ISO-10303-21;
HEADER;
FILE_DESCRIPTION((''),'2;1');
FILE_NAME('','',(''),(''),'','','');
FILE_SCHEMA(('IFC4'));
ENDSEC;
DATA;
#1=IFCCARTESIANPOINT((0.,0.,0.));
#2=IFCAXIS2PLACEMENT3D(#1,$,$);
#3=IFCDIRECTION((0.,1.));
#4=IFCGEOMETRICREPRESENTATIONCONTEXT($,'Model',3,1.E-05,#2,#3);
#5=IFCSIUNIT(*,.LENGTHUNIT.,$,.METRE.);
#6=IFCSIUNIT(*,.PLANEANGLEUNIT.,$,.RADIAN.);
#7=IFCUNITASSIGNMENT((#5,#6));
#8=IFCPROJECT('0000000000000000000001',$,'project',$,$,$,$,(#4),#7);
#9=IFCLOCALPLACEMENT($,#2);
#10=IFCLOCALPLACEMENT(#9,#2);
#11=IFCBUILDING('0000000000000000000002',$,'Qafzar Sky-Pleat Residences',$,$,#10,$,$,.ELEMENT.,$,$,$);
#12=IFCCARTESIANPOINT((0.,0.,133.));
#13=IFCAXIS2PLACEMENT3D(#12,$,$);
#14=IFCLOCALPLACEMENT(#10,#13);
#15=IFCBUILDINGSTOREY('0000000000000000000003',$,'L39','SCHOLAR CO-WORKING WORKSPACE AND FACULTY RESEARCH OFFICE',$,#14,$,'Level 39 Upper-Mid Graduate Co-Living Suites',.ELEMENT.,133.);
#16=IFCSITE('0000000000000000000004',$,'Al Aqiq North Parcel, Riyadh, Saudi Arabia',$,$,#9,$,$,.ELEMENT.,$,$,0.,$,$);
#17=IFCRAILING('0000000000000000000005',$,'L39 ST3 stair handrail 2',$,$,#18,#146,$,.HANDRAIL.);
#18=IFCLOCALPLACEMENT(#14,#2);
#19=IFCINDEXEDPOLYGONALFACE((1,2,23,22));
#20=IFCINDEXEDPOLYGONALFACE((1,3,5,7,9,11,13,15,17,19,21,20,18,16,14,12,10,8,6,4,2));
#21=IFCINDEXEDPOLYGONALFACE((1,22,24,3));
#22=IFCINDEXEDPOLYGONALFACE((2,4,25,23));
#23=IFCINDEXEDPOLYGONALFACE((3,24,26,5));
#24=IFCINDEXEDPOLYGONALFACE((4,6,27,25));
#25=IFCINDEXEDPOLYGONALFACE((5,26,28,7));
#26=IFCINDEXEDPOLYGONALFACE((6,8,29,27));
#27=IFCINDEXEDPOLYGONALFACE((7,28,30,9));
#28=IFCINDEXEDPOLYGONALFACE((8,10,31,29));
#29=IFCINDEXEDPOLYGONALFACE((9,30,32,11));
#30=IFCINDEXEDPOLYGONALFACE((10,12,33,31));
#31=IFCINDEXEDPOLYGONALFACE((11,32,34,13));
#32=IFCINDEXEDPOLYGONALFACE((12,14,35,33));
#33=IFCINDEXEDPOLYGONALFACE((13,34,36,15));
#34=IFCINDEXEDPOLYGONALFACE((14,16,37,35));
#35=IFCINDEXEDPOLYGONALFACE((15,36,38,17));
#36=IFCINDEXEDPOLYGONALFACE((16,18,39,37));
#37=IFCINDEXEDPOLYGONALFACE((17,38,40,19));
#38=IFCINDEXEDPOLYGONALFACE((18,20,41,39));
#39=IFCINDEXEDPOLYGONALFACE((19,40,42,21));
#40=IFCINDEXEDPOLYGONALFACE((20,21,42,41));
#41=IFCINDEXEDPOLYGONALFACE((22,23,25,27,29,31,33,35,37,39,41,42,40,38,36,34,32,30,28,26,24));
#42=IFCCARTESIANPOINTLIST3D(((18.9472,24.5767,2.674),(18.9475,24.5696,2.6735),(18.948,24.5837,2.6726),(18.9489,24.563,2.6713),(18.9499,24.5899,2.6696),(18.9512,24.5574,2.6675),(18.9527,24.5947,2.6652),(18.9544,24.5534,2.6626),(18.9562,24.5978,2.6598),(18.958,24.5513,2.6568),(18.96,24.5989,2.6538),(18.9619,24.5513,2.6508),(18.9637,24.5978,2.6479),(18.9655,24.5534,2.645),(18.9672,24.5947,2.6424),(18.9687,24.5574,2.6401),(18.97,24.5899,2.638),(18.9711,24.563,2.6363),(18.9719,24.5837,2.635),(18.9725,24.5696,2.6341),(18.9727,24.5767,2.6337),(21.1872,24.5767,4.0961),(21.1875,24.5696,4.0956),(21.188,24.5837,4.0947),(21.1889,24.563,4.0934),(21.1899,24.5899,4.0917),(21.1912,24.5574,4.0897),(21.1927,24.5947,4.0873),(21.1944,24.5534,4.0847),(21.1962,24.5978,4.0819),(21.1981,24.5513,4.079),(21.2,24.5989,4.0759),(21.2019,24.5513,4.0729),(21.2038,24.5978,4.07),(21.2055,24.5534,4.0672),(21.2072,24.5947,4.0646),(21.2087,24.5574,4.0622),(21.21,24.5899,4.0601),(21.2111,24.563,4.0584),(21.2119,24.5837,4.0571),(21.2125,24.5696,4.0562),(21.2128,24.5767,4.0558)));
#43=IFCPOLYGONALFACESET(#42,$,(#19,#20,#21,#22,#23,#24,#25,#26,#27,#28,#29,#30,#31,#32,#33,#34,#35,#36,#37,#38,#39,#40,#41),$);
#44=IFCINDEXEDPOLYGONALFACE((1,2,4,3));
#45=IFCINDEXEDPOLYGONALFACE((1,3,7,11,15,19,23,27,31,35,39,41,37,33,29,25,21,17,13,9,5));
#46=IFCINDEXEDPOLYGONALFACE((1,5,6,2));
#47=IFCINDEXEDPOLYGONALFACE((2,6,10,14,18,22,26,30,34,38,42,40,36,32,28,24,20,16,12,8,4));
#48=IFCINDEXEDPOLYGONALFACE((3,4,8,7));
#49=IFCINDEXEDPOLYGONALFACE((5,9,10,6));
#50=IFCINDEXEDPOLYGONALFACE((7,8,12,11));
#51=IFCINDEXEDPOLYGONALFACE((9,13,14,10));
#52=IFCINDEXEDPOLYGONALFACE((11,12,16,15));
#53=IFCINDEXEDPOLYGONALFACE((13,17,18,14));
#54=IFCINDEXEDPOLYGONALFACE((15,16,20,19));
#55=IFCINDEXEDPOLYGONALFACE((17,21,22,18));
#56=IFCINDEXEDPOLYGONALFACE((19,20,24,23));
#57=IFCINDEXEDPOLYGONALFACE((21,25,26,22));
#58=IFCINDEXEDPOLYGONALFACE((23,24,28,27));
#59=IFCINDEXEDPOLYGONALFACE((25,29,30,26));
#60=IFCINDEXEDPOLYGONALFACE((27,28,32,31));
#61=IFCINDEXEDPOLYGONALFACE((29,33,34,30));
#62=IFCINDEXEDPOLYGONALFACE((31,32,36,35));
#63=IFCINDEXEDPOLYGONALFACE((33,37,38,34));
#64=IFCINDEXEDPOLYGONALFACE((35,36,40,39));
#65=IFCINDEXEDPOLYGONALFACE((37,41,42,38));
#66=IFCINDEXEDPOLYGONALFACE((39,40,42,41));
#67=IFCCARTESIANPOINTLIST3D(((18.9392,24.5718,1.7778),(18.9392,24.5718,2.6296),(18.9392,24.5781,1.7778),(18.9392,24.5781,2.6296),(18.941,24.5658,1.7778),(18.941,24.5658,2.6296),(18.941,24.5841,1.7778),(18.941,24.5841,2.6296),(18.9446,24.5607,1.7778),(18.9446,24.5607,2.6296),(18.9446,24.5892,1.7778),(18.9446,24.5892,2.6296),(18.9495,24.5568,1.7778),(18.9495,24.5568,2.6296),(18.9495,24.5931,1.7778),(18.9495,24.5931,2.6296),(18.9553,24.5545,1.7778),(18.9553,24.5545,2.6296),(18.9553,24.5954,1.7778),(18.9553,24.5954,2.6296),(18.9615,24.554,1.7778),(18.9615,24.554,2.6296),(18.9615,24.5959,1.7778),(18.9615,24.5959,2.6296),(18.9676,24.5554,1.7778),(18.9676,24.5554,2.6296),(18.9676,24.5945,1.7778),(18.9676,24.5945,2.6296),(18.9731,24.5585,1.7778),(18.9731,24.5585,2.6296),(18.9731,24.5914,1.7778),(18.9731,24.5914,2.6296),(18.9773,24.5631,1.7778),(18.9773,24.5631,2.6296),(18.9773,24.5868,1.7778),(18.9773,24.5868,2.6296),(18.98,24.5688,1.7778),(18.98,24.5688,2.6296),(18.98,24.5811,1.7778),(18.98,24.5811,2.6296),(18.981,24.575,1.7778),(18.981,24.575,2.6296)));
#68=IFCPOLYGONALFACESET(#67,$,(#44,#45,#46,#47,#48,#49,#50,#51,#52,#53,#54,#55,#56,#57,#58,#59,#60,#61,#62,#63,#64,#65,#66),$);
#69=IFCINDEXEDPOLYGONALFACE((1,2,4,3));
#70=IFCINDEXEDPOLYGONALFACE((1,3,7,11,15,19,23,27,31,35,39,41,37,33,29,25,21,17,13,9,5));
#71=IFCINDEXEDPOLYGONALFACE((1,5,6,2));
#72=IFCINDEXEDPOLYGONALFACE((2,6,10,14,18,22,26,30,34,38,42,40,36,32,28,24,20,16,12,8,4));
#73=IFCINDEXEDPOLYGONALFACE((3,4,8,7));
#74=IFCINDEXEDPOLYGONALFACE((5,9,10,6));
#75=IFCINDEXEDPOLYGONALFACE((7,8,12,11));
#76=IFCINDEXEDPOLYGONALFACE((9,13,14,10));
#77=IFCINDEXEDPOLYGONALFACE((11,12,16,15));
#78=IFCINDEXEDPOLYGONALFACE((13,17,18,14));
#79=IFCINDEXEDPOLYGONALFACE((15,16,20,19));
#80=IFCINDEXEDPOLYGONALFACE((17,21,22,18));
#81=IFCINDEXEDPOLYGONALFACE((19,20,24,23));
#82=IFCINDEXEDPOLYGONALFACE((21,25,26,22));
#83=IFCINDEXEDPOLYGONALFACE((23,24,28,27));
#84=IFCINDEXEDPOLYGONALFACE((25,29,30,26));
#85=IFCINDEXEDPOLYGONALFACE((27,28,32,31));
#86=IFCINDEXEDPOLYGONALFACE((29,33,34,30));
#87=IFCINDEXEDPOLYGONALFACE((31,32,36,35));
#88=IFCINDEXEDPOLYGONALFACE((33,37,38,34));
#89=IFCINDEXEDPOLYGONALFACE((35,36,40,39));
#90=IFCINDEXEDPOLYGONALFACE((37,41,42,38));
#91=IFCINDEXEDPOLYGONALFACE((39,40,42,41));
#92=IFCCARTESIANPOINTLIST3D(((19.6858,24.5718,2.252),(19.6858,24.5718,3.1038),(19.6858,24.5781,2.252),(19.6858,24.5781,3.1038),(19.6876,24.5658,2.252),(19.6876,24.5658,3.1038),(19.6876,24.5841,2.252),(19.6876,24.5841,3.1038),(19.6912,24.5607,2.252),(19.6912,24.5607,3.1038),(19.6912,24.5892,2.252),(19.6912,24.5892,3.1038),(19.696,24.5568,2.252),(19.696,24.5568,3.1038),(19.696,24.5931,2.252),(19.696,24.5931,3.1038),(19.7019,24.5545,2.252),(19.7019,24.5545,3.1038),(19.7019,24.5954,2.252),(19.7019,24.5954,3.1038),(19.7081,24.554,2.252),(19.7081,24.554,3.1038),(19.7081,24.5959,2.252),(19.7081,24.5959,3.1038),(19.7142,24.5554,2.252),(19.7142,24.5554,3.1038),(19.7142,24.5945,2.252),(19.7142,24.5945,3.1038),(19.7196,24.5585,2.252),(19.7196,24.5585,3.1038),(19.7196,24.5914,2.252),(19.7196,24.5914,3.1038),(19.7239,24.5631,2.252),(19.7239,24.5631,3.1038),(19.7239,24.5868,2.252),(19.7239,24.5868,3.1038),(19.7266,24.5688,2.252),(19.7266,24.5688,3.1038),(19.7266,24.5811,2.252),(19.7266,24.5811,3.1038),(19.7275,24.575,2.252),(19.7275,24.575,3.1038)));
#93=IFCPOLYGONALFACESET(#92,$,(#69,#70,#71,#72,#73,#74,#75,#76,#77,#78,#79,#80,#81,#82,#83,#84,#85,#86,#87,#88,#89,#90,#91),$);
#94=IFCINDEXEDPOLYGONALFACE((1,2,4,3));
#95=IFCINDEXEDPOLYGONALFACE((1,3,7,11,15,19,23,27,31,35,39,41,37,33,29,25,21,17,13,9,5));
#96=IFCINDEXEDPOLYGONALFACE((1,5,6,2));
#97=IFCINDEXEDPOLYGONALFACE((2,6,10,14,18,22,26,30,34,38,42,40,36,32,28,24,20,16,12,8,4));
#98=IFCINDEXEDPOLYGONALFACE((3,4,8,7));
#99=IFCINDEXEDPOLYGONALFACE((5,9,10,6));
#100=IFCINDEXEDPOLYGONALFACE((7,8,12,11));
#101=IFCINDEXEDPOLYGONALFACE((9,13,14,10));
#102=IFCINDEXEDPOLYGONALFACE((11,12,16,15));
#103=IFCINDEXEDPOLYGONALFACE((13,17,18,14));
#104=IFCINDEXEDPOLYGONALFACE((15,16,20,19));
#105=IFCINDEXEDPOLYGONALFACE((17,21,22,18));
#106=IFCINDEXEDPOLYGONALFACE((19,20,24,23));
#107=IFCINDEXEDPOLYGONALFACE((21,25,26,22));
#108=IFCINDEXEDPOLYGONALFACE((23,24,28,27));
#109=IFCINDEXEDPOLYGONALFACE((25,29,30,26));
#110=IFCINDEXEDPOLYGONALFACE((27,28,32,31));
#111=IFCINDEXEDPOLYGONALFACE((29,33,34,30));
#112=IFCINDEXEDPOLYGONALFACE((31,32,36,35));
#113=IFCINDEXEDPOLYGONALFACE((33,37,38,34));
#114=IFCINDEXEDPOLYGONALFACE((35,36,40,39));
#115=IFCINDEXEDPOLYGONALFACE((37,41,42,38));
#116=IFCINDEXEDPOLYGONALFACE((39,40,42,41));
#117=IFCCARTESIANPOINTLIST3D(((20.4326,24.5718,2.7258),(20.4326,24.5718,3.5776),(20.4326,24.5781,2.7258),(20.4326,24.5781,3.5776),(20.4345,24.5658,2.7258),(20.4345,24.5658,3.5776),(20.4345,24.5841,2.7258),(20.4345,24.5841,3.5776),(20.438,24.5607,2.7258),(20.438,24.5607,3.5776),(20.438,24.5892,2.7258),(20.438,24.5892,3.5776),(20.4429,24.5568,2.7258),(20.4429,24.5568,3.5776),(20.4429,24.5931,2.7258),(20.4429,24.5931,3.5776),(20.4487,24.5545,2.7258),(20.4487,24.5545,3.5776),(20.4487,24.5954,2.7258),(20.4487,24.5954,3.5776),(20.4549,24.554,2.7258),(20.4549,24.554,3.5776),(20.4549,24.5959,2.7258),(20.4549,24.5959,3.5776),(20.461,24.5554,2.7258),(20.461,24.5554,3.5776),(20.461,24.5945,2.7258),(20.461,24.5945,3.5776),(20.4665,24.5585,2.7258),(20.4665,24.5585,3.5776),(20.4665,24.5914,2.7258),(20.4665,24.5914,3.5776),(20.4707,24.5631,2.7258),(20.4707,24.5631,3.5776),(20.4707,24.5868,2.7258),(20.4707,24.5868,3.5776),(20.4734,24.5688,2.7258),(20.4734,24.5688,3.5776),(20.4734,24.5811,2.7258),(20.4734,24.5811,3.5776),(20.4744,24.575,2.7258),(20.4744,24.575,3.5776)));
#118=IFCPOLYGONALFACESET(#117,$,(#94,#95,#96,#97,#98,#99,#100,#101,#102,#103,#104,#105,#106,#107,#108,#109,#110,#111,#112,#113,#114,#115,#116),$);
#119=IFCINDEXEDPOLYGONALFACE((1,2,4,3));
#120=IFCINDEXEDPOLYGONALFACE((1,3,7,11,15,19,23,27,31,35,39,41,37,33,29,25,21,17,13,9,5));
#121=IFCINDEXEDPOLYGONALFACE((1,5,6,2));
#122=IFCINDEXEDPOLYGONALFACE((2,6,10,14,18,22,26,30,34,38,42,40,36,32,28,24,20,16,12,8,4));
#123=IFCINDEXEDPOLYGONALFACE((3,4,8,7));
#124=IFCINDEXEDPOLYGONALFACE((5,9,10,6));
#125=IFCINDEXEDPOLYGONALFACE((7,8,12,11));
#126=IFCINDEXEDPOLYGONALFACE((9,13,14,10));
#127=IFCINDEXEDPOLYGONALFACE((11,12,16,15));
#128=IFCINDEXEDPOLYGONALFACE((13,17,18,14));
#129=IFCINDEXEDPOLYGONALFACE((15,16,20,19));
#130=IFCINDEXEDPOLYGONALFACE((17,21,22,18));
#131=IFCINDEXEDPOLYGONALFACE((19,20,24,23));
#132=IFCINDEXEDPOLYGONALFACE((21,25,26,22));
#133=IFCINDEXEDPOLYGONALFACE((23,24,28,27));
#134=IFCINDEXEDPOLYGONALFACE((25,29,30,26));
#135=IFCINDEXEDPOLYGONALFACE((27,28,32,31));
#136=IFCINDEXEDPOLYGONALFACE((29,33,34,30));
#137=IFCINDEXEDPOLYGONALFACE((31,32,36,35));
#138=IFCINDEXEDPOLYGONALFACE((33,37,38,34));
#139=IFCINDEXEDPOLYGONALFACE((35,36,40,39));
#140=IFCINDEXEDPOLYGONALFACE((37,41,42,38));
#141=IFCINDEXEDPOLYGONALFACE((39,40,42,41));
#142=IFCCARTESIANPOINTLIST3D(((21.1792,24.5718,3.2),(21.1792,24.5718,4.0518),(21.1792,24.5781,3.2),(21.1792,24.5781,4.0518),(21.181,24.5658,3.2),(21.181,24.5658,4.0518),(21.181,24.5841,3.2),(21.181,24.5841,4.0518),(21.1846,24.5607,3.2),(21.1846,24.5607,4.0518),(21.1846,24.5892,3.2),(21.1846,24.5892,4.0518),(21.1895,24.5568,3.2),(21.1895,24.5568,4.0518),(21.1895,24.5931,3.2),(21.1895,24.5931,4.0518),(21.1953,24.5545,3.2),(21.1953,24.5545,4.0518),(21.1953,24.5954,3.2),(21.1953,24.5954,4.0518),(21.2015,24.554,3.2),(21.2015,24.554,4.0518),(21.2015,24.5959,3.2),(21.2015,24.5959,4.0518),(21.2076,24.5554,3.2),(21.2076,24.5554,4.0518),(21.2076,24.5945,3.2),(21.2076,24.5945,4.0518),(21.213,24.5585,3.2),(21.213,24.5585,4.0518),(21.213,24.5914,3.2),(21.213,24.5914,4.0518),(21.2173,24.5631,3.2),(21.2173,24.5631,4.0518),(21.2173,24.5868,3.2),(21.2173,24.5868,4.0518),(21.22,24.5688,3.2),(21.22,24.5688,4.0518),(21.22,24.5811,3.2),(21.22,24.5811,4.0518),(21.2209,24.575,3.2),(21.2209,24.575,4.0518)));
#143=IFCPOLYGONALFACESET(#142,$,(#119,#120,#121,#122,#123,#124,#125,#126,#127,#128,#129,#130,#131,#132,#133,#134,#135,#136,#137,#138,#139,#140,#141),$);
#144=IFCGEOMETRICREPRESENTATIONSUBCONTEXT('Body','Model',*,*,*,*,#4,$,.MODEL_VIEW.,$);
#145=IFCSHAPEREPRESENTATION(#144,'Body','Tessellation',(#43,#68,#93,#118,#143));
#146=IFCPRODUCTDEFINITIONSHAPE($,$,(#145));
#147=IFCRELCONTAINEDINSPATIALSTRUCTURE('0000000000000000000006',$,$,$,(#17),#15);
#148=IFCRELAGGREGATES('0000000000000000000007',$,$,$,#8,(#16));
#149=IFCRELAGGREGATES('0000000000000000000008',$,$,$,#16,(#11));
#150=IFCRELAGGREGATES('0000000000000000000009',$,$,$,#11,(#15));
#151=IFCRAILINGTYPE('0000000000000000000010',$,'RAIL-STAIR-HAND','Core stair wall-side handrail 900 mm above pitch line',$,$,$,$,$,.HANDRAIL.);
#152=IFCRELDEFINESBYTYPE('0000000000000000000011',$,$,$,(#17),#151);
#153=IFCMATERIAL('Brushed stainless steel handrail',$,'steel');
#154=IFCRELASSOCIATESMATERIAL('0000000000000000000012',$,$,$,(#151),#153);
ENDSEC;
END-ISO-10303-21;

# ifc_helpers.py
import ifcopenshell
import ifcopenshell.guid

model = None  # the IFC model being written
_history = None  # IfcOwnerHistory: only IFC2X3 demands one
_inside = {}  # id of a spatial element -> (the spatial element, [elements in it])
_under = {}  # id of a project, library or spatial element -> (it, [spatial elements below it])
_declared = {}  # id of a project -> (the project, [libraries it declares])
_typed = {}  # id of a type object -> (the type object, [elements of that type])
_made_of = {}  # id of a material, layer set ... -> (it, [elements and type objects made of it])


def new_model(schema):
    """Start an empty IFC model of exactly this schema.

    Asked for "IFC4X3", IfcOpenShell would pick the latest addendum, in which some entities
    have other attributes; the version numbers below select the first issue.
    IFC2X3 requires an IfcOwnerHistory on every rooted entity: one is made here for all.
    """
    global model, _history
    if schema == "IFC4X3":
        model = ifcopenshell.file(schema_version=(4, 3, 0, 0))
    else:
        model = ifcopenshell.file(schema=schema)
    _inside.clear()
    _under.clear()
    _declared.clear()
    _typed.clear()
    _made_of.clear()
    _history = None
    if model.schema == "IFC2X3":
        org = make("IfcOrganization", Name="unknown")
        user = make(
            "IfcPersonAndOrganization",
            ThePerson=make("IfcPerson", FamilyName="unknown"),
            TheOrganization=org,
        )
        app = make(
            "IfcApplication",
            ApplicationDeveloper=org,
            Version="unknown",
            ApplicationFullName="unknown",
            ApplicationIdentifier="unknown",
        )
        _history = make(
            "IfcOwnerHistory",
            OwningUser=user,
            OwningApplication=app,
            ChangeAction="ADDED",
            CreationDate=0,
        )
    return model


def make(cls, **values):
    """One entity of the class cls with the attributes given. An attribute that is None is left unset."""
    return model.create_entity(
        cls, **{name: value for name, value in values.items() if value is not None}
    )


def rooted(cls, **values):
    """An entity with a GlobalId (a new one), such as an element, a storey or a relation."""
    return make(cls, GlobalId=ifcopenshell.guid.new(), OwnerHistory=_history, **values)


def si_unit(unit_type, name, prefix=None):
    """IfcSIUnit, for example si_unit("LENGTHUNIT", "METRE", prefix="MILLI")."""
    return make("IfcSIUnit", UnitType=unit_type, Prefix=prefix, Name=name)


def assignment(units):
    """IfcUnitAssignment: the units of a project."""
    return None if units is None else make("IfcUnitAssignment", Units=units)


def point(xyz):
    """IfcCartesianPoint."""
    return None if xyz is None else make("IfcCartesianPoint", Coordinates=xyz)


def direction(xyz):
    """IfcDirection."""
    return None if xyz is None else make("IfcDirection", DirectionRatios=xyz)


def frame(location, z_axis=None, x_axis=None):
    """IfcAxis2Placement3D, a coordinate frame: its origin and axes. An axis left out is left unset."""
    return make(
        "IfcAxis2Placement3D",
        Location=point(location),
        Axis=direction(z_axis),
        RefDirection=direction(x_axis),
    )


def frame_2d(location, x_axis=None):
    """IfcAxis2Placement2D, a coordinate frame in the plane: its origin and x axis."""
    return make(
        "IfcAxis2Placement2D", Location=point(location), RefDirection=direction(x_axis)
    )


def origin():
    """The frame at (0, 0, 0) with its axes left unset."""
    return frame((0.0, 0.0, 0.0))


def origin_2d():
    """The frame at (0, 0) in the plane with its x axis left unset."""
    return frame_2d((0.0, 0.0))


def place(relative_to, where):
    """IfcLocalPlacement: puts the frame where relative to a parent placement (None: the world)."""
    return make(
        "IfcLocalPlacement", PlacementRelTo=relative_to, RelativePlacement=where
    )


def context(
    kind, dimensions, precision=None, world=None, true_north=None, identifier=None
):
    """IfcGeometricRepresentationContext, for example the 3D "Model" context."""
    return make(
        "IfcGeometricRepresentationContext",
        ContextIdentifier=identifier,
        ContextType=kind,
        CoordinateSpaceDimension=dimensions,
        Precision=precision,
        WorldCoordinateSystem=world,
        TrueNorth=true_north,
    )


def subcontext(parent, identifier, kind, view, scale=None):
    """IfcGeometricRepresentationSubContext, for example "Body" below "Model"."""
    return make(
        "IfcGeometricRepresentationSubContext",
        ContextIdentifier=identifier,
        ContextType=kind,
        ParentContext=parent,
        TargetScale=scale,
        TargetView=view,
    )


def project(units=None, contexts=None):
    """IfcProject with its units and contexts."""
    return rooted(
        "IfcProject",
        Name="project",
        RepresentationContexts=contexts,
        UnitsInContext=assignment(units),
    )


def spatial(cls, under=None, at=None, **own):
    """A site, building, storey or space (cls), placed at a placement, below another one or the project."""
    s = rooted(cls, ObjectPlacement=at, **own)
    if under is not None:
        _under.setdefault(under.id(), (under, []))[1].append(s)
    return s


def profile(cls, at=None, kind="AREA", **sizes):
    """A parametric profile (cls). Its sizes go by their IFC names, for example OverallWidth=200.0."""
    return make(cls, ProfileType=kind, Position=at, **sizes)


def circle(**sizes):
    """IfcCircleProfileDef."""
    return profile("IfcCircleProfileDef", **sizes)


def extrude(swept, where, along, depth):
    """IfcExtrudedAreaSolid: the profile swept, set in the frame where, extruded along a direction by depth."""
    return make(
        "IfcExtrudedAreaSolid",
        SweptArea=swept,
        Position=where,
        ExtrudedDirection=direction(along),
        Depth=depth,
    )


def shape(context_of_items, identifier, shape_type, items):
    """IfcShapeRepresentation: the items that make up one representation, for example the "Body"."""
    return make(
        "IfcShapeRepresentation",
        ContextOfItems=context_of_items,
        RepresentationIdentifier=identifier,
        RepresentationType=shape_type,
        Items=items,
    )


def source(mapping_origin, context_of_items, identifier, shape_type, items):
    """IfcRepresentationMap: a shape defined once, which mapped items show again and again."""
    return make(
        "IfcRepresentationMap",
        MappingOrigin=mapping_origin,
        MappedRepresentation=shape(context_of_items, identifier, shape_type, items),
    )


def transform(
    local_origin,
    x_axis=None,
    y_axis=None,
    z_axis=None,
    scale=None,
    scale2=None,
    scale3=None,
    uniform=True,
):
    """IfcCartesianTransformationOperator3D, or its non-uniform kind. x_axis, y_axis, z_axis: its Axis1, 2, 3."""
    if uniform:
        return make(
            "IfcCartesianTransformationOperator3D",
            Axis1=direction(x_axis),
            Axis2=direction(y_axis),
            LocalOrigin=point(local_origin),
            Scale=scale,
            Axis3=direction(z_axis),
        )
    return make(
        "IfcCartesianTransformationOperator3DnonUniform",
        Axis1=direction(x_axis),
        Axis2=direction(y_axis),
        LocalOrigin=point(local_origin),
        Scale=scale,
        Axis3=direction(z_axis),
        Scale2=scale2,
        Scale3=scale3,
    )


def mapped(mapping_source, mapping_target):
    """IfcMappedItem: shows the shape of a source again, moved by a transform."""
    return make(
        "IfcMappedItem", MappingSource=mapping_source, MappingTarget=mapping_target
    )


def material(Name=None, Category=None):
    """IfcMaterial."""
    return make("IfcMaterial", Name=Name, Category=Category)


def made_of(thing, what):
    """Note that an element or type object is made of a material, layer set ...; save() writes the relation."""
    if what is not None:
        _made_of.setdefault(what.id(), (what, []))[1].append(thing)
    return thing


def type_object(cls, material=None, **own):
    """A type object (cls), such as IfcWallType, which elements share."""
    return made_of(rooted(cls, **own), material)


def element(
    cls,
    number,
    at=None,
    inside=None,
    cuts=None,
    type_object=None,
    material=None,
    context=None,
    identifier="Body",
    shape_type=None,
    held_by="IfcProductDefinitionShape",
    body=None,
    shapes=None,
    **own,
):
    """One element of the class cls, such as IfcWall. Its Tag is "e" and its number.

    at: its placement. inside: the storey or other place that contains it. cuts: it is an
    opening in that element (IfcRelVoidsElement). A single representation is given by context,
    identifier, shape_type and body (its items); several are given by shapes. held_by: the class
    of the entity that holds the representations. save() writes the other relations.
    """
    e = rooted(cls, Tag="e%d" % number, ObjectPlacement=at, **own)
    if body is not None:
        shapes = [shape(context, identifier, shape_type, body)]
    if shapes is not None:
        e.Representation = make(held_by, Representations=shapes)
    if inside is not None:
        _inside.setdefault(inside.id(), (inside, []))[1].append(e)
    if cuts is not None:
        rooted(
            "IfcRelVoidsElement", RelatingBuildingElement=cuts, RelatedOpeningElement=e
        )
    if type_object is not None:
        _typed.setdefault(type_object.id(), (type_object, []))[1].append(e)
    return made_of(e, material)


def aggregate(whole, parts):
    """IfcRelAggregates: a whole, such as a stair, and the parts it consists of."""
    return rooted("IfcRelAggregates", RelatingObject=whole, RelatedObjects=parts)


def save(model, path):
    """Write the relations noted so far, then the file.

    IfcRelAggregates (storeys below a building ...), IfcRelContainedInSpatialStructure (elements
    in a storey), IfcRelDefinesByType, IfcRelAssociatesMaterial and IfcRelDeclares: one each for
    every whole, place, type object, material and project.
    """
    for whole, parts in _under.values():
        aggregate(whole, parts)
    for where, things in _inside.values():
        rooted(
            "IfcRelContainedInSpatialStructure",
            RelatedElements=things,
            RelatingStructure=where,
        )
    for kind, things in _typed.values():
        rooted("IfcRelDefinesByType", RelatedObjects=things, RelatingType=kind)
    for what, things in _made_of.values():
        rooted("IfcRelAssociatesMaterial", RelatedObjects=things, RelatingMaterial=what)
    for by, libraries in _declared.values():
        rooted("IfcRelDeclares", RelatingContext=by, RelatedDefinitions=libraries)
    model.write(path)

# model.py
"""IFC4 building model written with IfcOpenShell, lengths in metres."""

from ifc_helpers import new_model, si_unit, direction, frame, origin, origin_2d, place, context, subcontext, project, spatial, circle, extrude, source, transform, mapped, material, type_object, element, save


model = new_model("IFC4")

# Units and contexts
model_context = context("Model", 3, precision=1e-05, world=origin(), true_north=direction((0.0, 1.0)))
body_context = subcontext(model_context, "Body", "Model", "MODEL_VIEW")
ifc_project = project(units=[si_unit("LENGTHUNIT", "METRE"), si_unit("PLANEANGLEUNIT", "RADIAN")], contexts=[model_context])

# Site, building, storey
site_placement = place(None, origin())
site = spatial("IfcSite", under=ifc_project, at=site_placement, Name="Al Aqiq North Parcel, Riyadh, Saudi Arabia", CompositionType="ELEMENT", RefElevation=0.0)
building_placement = place(site_placement, origin())
building = spatial("IfcBuilding", under=site, at=building_placement, Name="Qafzar Sky-Pleat Residences", CompositionType="ELEMENT")
storey_placement = place(building_placement, frame((0.0, 0.0, 133.0)))
storey = spatial("IfcBuildingStorey", under=building, at=storey_placement, Name="L39", Description="SCHOLAR CO-WORKING WORKSPACE AND FACULTY RESEARCH OFFICE", LongName="Level 39 Upper-Mid Graduate Co-Living Suites", CompositionType="ELEMENT", Elevation=133.0)

# Railing
ifc_material_1 = material(Name="Brushed stainless steel handrail", Category="steel")
railing_type_1 = type_object("IfcRailingType", Name="RAIL-STAIR-HAND", Description="Core stair wall-side handrail 900 mm above pitch line", PredefinedType="HANDRAIL", material=ifc_material_1)
shared_shape_1 = source(origin(), body_context, "Body", "SweptSolid", [
    extrude(circle(Radius=0.0239, at=origin_2d()), frame((0.0, 0.0, 0.876), z_axis=(0.844229, 0.0, 0.535982), x_axis=(0.0, 1.0, 0.0)), (0.0, 0.0, 1.0), 2.6533),
    extrude(circle(Radius=0.021, at=origin_2d()), origin(), (0.0, 0.0, 1.0), 0.8518),
    extrude(circle(Radius=0.021, at=origin_2d()), frame((0.7466, 0.0, 0.4741)), (0.0, 0.0, 1.0), 0.8518),
    extrude(circle(Radius=0.021, at=origin_2d()), frame((1.4934, 0.0, 0.948)), (0.0, 0.0, 1.0), 0.8518),
    extrude(circle(Radius=0.021, at=origin_2d()), frame((2.24, 0.0, 1.4221)), (0.0, 0.0, 1.0), 0.8518),
])
railing_1_placement = place(storey_placement, frame((18.96, 24.575, 1.7778)))
element("IfcRailing", 1, at=railing_1_placement, inside=storey, type_object=railing_type_1, Name="L39 ST3 stair handrail 2", PredefinedType="HANDRAIL", context=body_context, shape_type="MappedRepresentation", body=[
    mapped(shared_shape_1, transform((0.0, 0.0, 0.0), x_axis=(1.0, 0.0, 0.0), y_axis=(0.0, 1.0, 0.0), z_axis=(0.0, 0.0, 1.0), scale=1.0)),
])

save(model, "model.ifc")
